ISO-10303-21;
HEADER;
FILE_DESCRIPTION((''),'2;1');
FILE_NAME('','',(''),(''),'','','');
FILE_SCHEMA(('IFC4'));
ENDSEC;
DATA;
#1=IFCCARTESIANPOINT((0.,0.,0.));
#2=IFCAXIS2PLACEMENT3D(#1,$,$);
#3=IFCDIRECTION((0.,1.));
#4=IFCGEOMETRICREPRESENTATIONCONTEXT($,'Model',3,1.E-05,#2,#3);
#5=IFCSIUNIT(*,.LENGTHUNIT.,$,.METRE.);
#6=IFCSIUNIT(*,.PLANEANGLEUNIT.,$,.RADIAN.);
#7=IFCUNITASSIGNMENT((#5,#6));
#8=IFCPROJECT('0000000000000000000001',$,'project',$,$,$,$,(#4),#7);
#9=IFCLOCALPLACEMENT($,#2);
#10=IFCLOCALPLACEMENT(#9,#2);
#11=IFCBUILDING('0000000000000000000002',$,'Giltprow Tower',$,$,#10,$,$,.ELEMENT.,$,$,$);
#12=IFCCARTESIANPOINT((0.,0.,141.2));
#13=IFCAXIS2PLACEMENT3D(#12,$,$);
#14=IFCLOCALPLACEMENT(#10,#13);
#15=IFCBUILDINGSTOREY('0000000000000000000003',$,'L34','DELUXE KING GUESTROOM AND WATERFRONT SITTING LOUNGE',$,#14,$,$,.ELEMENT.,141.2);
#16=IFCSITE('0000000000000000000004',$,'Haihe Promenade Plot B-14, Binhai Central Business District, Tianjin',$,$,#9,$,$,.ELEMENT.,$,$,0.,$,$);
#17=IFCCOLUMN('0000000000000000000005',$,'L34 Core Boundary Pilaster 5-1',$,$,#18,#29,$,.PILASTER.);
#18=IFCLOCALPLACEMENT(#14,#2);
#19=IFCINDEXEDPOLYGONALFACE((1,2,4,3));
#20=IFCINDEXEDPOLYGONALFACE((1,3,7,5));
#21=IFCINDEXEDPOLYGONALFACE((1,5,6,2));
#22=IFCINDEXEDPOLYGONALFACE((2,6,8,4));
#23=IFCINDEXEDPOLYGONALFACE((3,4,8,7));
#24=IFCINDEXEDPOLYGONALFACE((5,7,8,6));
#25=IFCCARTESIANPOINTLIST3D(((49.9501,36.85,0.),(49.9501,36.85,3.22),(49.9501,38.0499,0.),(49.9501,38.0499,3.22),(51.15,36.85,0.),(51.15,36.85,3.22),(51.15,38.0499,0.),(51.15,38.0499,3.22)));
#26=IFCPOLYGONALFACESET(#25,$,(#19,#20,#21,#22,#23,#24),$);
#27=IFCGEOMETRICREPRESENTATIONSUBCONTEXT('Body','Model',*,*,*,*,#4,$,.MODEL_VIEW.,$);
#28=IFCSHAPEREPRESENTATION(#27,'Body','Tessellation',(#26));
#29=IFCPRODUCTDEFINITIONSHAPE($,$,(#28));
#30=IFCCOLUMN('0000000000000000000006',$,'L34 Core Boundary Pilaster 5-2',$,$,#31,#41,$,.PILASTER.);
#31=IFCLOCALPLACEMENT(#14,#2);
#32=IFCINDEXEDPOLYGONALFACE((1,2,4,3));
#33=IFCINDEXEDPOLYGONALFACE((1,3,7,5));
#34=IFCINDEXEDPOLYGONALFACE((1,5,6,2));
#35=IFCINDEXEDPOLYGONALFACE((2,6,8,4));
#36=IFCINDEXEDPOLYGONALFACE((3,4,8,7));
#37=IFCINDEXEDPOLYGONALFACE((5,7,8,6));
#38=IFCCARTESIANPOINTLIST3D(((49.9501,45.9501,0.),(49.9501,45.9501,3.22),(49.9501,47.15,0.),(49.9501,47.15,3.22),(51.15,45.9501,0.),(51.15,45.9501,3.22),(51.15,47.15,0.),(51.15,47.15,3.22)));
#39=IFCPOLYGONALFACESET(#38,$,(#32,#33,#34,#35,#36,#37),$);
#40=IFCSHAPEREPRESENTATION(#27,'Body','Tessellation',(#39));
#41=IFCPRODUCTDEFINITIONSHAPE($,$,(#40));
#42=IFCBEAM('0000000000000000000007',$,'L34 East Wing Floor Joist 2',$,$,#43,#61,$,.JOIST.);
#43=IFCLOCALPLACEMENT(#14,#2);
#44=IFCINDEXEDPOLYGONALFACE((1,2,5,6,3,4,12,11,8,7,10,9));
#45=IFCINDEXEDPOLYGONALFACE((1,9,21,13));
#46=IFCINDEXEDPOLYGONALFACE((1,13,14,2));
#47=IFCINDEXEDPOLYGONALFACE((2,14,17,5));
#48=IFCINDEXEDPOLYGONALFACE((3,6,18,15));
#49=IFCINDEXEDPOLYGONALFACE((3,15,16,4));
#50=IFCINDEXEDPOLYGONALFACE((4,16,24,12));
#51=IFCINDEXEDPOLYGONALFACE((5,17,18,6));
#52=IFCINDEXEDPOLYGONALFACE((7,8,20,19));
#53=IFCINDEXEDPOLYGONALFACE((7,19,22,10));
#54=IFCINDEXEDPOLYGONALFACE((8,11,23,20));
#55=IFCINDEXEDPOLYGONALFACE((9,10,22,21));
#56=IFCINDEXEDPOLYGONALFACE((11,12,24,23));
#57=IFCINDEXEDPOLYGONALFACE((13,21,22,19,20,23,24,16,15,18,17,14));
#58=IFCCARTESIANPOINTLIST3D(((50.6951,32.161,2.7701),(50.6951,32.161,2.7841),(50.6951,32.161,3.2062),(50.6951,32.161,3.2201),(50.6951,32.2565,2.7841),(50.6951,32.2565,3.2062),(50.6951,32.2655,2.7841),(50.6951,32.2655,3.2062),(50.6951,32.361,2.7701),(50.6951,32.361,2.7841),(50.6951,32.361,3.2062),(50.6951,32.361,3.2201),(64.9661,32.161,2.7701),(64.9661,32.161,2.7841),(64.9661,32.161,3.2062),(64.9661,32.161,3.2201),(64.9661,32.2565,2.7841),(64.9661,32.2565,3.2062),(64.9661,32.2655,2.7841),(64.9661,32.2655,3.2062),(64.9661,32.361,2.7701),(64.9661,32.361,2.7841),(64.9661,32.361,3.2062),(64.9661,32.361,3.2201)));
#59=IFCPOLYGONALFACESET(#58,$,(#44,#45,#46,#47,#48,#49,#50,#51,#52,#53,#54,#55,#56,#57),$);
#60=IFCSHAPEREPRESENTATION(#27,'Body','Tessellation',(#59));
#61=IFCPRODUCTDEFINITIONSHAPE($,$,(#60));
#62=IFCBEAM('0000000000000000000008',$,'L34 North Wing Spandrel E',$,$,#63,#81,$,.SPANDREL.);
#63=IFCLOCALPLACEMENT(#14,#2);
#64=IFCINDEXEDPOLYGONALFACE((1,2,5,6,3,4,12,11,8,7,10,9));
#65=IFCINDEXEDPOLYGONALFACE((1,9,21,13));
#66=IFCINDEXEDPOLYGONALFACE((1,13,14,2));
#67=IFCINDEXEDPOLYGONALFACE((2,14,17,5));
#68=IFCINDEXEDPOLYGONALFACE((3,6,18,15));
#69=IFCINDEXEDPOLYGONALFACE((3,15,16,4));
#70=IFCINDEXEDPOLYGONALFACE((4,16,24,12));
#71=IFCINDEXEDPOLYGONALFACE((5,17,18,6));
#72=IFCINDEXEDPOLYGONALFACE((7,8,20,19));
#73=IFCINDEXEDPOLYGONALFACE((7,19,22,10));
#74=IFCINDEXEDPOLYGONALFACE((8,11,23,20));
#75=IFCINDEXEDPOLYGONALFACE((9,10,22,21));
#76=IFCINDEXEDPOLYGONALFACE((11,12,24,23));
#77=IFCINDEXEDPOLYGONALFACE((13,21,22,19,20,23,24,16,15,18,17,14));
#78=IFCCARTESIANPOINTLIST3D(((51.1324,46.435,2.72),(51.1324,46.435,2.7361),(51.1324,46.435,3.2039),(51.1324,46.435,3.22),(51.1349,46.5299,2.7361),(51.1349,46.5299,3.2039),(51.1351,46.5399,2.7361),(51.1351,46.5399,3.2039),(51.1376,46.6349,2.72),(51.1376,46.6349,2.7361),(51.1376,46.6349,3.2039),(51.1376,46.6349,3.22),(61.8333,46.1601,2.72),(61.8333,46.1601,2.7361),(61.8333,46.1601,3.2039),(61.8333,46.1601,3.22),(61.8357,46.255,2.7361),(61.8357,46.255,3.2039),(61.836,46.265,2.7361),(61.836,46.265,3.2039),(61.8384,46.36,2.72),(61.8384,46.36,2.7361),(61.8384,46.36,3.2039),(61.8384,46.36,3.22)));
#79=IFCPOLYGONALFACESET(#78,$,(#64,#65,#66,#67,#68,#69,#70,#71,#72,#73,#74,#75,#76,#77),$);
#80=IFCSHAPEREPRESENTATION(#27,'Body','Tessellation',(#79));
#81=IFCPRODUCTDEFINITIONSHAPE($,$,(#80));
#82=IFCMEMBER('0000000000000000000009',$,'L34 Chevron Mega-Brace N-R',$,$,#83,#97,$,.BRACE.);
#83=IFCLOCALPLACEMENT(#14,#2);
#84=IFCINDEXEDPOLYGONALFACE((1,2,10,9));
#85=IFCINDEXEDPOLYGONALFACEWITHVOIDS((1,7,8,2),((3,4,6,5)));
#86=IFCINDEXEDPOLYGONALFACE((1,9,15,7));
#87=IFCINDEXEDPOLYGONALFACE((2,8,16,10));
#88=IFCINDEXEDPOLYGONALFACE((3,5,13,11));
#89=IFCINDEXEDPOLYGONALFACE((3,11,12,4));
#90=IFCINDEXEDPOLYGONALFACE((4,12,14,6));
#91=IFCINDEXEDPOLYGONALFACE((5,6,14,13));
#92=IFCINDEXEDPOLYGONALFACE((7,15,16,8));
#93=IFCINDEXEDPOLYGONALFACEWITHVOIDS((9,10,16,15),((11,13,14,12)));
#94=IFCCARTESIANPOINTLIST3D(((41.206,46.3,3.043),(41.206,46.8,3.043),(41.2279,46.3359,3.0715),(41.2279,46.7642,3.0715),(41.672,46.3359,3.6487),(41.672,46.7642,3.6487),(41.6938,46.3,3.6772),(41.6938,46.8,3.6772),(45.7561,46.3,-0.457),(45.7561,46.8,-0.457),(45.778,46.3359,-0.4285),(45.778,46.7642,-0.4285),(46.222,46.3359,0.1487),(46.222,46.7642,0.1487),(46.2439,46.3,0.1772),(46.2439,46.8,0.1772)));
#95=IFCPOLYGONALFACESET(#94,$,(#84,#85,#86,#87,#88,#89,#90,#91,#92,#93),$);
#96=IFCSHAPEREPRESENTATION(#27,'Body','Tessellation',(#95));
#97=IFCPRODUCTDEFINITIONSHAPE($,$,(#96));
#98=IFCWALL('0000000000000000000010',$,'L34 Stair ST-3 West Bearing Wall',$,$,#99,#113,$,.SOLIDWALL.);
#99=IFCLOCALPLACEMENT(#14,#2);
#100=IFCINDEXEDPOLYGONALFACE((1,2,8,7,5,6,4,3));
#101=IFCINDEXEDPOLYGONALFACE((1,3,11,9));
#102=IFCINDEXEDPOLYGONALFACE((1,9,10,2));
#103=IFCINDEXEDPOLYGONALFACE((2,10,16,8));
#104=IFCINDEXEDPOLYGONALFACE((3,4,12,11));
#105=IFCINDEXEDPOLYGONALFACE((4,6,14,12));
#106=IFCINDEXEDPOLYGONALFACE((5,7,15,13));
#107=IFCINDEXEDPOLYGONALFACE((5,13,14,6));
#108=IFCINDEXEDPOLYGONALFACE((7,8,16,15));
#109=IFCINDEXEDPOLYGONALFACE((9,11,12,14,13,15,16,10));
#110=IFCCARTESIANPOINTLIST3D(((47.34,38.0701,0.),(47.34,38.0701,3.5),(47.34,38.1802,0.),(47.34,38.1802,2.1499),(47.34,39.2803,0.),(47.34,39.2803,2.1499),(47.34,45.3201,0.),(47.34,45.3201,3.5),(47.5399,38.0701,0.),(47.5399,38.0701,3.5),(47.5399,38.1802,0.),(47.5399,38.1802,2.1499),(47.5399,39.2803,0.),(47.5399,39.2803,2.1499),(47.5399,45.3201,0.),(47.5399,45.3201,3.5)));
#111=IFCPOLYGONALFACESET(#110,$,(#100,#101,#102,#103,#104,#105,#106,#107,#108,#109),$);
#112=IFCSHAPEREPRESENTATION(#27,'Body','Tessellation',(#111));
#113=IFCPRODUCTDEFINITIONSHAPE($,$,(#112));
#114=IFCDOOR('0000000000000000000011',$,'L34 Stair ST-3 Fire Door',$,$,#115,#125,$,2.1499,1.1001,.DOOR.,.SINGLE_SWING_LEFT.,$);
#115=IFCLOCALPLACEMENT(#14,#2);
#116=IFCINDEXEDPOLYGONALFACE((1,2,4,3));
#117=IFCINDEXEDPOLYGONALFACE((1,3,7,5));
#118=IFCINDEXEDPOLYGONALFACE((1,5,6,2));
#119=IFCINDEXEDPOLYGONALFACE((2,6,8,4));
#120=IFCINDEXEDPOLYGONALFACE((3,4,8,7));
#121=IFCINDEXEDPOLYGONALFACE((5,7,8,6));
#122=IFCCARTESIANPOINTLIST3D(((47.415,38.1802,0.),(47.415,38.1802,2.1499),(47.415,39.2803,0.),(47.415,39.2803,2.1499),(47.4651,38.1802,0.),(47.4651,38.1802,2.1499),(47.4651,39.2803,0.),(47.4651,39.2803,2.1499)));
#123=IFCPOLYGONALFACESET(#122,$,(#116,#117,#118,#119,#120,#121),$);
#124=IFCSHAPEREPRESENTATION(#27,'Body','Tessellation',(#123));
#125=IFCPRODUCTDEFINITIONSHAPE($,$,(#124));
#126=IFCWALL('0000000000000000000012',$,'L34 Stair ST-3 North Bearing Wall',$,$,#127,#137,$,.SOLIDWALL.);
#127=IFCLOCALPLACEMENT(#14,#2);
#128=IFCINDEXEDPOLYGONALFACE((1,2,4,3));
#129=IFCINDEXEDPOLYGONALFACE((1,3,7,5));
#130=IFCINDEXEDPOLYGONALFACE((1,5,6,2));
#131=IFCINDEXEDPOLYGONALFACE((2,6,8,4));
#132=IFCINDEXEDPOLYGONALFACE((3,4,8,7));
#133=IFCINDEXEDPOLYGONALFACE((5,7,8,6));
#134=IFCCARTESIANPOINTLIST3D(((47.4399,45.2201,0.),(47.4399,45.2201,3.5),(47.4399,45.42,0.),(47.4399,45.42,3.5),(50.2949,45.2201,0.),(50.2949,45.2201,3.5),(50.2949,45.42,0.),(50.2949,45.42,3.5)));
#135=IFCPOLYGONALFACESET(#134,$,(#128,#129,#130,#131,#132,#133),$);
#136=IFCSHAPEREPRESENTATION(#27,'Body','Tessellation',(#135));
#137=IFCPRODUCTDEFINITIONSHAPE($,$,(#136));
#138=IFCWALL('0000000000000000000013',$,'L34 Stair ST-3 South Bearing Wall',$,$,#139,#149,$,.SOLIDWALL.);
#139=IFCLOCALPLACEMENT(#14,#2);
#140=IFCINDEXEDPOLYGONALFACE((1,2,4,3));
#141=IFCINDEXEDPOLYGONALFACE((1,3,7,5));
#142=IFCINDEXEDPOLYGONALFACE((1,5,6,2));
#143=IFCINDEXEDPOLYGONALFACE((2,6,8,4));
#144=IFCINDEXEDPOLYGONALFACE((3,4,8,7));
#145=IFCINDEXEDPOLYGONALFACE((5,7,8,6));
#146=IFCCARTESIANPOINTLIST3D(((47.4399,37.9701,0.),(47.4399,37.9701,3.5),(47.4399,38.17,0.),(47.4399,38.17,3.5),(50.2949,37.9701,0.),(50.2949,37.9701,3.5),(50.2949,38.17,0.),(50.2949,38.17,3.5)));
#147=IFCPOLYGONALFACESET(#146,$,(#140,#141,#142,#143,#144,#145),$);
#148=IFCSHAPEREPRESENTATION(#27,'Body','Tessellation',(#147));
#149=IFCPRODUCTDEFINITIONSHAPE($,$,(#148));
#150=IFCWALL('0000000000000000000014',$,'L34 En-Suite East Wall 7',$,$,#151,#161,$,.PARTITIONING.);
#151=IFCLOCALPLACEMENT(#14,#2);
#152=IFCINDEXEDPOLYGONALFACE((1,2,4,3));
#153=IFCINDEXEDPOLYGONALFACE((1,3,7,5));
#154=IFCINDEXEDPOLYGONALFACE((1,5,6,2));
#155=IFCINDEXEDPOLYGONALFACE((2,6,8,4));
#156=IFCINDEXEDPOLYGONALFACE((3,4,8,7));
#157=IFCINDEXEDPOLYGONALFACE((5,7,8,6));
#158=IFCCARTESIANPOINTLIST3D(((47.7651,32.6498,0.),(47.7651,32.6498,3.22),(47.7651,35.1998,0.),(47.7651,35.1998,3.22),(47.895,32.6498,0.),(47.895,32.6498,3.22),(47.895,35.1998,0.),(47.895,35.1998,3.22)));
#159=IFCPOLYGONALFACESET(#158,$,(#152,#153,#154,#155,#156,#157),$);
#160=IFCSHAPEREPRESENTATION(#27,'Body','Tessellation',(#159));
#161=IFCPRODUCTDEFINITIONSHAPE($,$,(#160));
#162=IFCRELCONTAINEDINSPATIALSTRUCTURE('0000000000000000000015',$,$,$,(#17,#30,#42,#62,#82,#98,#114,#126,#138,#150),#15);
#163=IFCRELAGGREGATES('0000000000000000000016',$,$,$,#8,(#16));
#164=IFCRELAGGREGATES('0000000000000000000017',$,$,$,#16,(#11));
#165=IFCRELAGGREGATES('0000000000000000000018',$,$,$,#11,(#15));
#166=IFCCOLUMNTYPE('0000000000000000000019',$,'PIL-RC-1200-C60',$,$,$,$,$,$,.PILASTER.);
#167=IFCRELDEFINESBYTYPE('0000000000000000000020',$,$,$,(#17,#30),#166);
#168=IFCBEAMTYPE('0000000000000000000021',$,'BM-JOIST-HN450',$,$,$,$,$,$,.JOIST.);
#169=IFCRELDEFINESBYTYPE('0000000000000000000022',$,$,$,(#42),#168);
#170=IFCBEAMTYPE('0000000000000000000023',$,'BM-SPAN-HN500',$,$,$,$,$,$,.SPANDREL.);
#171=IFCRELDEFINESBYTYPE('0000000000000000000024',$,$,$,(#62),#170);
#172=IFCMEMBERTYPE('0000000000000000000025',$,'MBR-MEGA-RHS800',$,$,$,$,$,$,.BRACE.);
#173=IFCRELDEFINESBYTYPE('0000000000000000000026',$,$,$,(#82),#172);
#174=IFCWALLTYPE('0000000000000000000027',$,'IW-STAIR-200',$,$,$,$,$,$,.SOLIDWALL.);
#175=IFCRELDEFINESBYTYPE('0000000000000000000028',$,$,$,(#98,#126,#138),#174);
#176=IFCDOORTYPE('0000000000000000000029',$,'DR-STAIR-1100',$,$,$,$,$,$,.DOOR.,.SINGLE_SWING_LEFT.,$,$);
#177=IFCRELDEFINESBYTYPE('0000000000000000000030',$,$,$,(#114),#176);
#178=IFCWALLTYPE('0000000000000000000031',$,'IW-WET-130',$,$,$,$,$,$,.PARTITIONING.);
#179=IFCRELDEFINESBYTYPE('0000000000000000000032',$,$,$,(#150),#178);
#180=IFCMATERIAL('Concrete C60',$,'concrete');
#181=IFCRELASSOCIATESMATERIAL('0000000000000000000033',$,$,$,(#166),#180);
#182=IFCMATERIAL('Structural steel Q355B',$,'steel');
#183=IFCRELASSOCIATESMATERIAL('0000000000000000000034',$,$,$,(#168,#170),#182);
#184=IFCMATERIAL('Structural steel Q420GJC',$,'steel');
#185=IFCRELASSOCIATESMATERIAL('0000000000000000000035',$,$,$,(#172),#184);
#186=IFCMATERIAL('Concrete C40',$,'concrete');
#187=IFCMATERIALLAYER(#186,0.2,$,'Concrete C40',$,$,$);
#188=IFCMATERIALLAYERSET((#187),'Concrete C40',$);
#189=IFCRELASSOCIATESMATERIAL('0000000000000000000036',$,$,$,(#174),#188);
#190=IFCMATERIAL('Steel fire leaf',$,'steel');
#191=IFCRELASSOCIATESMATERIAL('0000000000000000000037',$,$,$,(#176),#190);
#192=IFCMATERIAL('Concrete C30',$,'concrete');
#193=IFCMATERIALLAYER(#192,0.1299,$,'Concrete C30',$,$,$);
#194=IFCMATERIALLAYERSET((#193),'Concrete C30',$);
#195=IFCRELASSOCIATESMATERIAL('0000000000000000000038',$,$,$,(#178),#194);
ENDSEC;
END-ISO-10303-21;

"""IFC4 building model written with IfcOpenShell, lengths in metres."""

from ifc_helpers import new_model, si_unit, direction, frame, frame_2d, origin, origin_2d, place, context, subcontext, project, spatial, rectangle, hollow_rectangle, i_section, extrude, source, transform, mapped, material, layer, layer_set, material_profile, profile_set, type_object, element, fill, save


model = new_model("IFC4")

# Units and contexts
model_context = context("Model", 3, precision=1e-05, world=origin(), true_north=direction((0.0, 1.0)))
body_context = subcontext(model_context, "Body", "Model", "MODEL_VIEW")
ifc_project = project(units=[si_unit("LENGTHUNIT", "METRE"), si_unit("PLANEANGLEUNIT", "RADIAN")], contexts=[model_context])

# Site, building, storey
site_placement = place(None, origin())
site = spatial("IfcSite", under=ifc_project, at=site_placement, Name="Haihe Promenade Plot B-14, Binhai Central Business District, Tianjin", CompositionType="ELEMENT", RefElevation=0.0)
building_placement = place(site_placement, origin())
building = spatial("IfcBuilding", under=site, at=building_placement, Name="Giltprow Tower", CompositionType="ELEMENT")
storey_placement = place(building_placement, frame((0.0, 0.0, 141.2)))
storey = spatial("IfcBuildingStorey", under=building, at=storey_placement, Name="L34", Description="DELUXE KING GUESTROOM AND WATERFRONT SITTING LOUNGE", CompositionType="ELEMENT", Elevation=141.2)

# Columns
ifc_material_1 = material(Name="Concrete C60", Category="concrete")
ifc_material_profile_1 = material_profile(ifc_material_1, rectangle(XDim=1.2, YDim=1.2, at=origin_2d()), Name="RC 1200x1200")
ifc_profile_set_1 = profile_set([ifc_material_profile_1], Name="Concrete C60")
column_type = type_object("IfcColumnType", Name="PIL-RC-1200-C60", PredefinedType="PILASTER", material=ifc_profile_set_1)
shared_shape_1 = source(origin(), body_context, "Body", "SweptSolid", [
    extrude(rectangle(XDim=1.2, YDim=1.2, at=origin_2d()), origin(), (0.0, 0.0, 1.0), 3.22),
])
for number, where, z_axis, x_axis, name in (
    (1, (50.55, 37.45, 0.0), (0.0, 0.0, 1.0), (1.0, 0.0, 0.0), "L34 Core Boundary Pilaster 5-1"),
    (2, (50.55, 46.55, 0.0), (0.0, 0.0, 1.0), (1.0, 0.0, 0.0), "L34 Core Boundary Pilaster 5-2"),
):
    element("IfcColumn", number, at=place(storey_placement, frame(where, z_axis=z_axis, x_axis=x_axis)), inside=storey, type_object=column_type, Name=name, PredefinedType="PILASTER", context=body_context, shape_type="MappedRepresentation", body=[
        mapped(shared_shape_1, transform((0.0, 0.0, 0.0), x_axis=(1.0, 0.0, 0.0), y_axis=(0.0, 1.0, 0.0), z_axis=(0.0, 0.0, 1.0), scale=1.0)),
    ])

# Beams
ifc_material_2 = material(Name="Structural steel Q355B", Category="steel")
ifc_material_profile_2 = material_profile(ifc_material_2, i_section(OverallWidth=0.2, OverallDepth=0.45, WebThickness=0.009, FlangeThickness=0.0139, at=origin_2d()), Name="HN 450x200x9x14")
ifc_profile_set_2 = profile_set([ifc_material_profile_2], Name="Structural steel Q355B")
beam_type_1 = type_object("IfcBeamType", Name="BM-JOIST-HN450", PredefinedType="JOIST", material=ifc_profile_set_2)
shared_shape_2 = source(origin(), body_context, "Body", "SweptSolid", [
    extrude(i_section(OverallWidth=0.2, OverallDepth=0.45, WebThickness=0.009, FlangeThickness=0.0139, at=origin_2d()), origin(), (0.0, 0.0, 1.0), 14.271),
])
beam_1_placement = place(storey_placement, frame((50.6951, 32.261, 2.9951), z_axis=(1.0, 0.0, 0.0), x_axis=(0.0, 1.0, 0.0)))
element("IfcBeam", 3, at=beam_1_placement, inside=storey, type_object=beam_type_1, Name="L34 East Wing Floor Joist 2", PredefinedType="JOIST", context=body_context, shape_type="MappedRepresentation", body=[
    mapped(shared_shape_2, transform((0.0, 0.0, 0.0), x_axis=(1.0, 0.0, 0.0), y_axis=(0.0, 1.0, 0.0), z_axis=(0.0, 0.0, 1.0), scale=1.0)),
])
ifc_material_profile_3 = material_profile(ifc_material_2, i_section(OverallWidth=0.2, OverallDepth=0.5, WebThickness=0.01, FlangeThickness=0.0161, at=origin_2d()), Name="HN 500x200x10x16")
ifc_profile_set_3 = profile_set([ifc_material_profile_3], Name="Structural steel Q355B")
beam_type_2 = type_object("IfcBeamType", Name="BM-SPAN-HN500", PredefinedType="SPANDREL", material=ifc_profile_set_3)
shared_shape_3 = source(origin(), body_context, "Body", "SweptSolid", [
    extrude(i_section(OverallWidth=0.2, OverallDepth=0.5, WebThickness=0.01, FlangeThickness=0.0161, at=origin_2d()), origin(), (0.0, 0.0, 1.0), 10.7043),
])
beam_2_placement = place(storey_placement, frame((51.135, 46.5349, 2.97), z_axis=(0.99967, -0.025681, 0.0), x_axis=(0.025681, 0.99967, 0.0)))
element("IfcBeam", 4, at=beam_2_placement, inside=storey, type_object=beam_type_2, Name="L34 North Wing Spandrel E", PredefinedType="SPANDREL", context=body_context, shape_type="MappedRepresentation", body=[
    mapped(shared_shape_3, transform((0.0, 0.0, 0.0), x_axis=(1.0, 0.0, 0.0), y_axis=(0.0, 1.0, 0.0), z_axis=(0.0, 0.0, 1.0), scale=1.0)),
])

# Member
ifc_material_3 = material(Name="Structural steel Q420GJC", Category="steel")
ifc_material_profile_4 = material_profile(ifc_material_3, hollow_rectangle(XDim=0.5, YDim=0.8, WallThickness=0.0359, at=origin_2d()), Name="RHS 800x500x36")
ifc_profile_set_4 = profile_set([ifc_material_profile_4], Name="Structural steel Q420GJC")
member_type = type_object("IfcMemberType", Name="MBR-MEGA-RHS800", PredefinedType="BRACE", material=ifc_profile_set_4)
shared_shape_4 = source(origin(), body_context, "Body", "SweptSolid", [
    extrude(hollow_rectangle(XDim=0.5, YDim=0.8, WallThickness=0.0359, at=origin_2d()), origin(), (0.0, 0.0, 1.0), 5.7405),
])
member_placement = place(storey_placement, frame((46.0, 46.55, -0.1399), z_axis=(-0.792627, 0.0, 0.609707), x_axis=(0.0, -1.0, 0.0)))
element("IfcMember", 5, at=member_placement, inside=storey, type_object=member_type, Name="L34 Chevron Mega-Brace N-R", PredefinedType="BRACE", context=body_context, shape_type="MappedRepresentation", body=[
    mapped(shared_shape_4, transform((0.0, 0.0, 0.0), x_axis=(1.0, 0.0, 0.0), y_axis=(0.0, 1.0, 0.0), z_axis=(0.0, 0.0, 1.0), scale=1.0)),
])

# Wall, opening, door
ifc_material_4 = material(Name="Concrete C40", Category="concrete")
ifc_layer_1 = layer(ifc_material_4, 0.2, Name="Concrete C40")
ifc_layer_set_1 = layer_set([ifc_layer_1], Name="Concrete C40")
wall_type_1 = type_object("IfcWallType", Name="IW-STAIR-200", PredefinedType="SOLIDWALL", material=ifc_layer_set_1)
wall_1_placement = place(storey_placement, frame((47.4399, 38.0701, 0.0), z_axis=(0.0, 0.0, 1.0), x_axis=(0.0, 1.0, 0.0)))
wall_1 = element("IfcWall", 6, at=wall_1_placement, inside=storey, type_object=wall_type_1, Name="L34 Stair ST-3 West Bearing Wall", PredefinedType="SOLIDWALL", context=body_context, shape_type="SweptSolid", body=[
    extrude(rectangle(XDim=7.25, YDim=0.2, at=frame_2d((3.625, 0.0))), origin(), (0.0, 0.0, 1.0), 3.5),
])
opening_placement = place(wall_1_placement, frame((0.1101, 0.0, 0.0)))
opening = element("IfcOpeningElement", 7, at=opening_placement, cuts=wall_1, PredefinedType="OPENING", context=body_context, shape_type="SweptSolid", body=[
    extrude(rectangle(XDim=1.1001, YDim=2.1499, at=frame_2d((0.55, 1.075))), frame((0.0, 0.1099, 0.0), z_axis=(0.0, -1.0, 0.0), x_axis=(1.0, 0.0, 0.0)), (0.0, 0.0, 1.0), 0.22),
])
ifc_material_5 = material(Name="Steel fire leaf", Category="steel")
door_type = type_object("IfcDoorType", Name="DR-STAIR-1100", OperationType="SINGLE_SWING_LEFT", PredefinedType="DOOR", material=ifc_material_5)
shared_shape_5 = source(origin(), body_context, "Body", "SweptSolid", [
    extrude(rectangle(XDim=1.1001, YDim=2.1499, at=frame_2d((0.55, 1.075))), frame((0.0, 0.0249, 0.0), z_axis=(0.0, -1.0, 0.0), x_axis=(1.0, 0.0, 0.0)), (0.0, 0.0, 1.0), 0.05),
])
door_placement = place(opening_placement, origin())
door = element("IfcDoor", 8, at=door_placement, inside=storey, type_object=door_type, Name="L34 Stair ST-3 Fire Door", OperationType="SINGLE_SWING_LEFT", OverallHeight=2.1499, OverallWidth=1.1001, PredefinedType="DOOR", context=body_context, shape_type="MappedRepresentation", body=[
    mapped(shared_shape_5, transform((0.0, 0.0, 0.0), x_axis=(1.0, 0.0, 0.0), y_axis=(0.0, 1.0, 0.0), z_axis=(0.0, 0.0, 1.0), scale=1.0)),
])
fill(opening, door)

# Walls
for number, where, z_axis, x_axis, name in (
    (9, (47.4399, 45.3201, 0.0), (0.0, 0.0, 1.0), (1.0, 0.0, 0.0), "L34 Stair ST-3 North Bearing Wall"),
    (10, (47.4399, 38.0701, 0.0), (0.0, 0.0, 1.0), (1.0, 0.0, 0.0), "L34 Stair ST-3 South Bearing Wall"),
):
    element("IfcWall", number, at=place(storey_placement, frame(where, z_axis=z_axis, x_axis=x_axis)), inside=storey, type_object=wall_type_1, Name=name, PredefinedType="SOLIDWALL", context=body_context, shape_type="SweptSolid", body=[
        extrude(rectangle(XDim=2.855, YDim=0.2, at=frame_2d((1.4275, 0.0))), origin(), (0.0, 0.0, 1.0), 3.5),
    ])
ifc_material_6 = material(Name="Concrete C30", Category="concrete")
ifc_layer_2 = layer(ifc_material_6, 0.1299, Name="Concrete C30")
ifc_layer_set_2 = layer_set([ifc_layer_2], Name="Concrete C30")
wall_type_2 = type_object("IfcWallType", Name="IW-WET-130", PredefinedType="PARTITIONING", material=ifc_layer_set_2)
wall_2_placement = place(storey_placement, frame((47.8301, 32.6499, 0.0), z_axis=(0.0, 0.0, 1.0), x_axis=(0.0, 1.0, 0.0)))
element("IfcWall", 11, at=wall_2_placement, inside=storey, type_object=wall_type_2, Name="L34 En-Suite East Wall 7", PredefinedType="PARTITIONING", context=body_context, shape_type="SweptSolid", body=[
    extrude(rectangle(XDim=2.55, YDim=0.1299, at=frame_2d((1.2749, 0.0))), origin(), (0.0, 0.0, 1.0), 3.22),
])

save(model, "model.ifc")
